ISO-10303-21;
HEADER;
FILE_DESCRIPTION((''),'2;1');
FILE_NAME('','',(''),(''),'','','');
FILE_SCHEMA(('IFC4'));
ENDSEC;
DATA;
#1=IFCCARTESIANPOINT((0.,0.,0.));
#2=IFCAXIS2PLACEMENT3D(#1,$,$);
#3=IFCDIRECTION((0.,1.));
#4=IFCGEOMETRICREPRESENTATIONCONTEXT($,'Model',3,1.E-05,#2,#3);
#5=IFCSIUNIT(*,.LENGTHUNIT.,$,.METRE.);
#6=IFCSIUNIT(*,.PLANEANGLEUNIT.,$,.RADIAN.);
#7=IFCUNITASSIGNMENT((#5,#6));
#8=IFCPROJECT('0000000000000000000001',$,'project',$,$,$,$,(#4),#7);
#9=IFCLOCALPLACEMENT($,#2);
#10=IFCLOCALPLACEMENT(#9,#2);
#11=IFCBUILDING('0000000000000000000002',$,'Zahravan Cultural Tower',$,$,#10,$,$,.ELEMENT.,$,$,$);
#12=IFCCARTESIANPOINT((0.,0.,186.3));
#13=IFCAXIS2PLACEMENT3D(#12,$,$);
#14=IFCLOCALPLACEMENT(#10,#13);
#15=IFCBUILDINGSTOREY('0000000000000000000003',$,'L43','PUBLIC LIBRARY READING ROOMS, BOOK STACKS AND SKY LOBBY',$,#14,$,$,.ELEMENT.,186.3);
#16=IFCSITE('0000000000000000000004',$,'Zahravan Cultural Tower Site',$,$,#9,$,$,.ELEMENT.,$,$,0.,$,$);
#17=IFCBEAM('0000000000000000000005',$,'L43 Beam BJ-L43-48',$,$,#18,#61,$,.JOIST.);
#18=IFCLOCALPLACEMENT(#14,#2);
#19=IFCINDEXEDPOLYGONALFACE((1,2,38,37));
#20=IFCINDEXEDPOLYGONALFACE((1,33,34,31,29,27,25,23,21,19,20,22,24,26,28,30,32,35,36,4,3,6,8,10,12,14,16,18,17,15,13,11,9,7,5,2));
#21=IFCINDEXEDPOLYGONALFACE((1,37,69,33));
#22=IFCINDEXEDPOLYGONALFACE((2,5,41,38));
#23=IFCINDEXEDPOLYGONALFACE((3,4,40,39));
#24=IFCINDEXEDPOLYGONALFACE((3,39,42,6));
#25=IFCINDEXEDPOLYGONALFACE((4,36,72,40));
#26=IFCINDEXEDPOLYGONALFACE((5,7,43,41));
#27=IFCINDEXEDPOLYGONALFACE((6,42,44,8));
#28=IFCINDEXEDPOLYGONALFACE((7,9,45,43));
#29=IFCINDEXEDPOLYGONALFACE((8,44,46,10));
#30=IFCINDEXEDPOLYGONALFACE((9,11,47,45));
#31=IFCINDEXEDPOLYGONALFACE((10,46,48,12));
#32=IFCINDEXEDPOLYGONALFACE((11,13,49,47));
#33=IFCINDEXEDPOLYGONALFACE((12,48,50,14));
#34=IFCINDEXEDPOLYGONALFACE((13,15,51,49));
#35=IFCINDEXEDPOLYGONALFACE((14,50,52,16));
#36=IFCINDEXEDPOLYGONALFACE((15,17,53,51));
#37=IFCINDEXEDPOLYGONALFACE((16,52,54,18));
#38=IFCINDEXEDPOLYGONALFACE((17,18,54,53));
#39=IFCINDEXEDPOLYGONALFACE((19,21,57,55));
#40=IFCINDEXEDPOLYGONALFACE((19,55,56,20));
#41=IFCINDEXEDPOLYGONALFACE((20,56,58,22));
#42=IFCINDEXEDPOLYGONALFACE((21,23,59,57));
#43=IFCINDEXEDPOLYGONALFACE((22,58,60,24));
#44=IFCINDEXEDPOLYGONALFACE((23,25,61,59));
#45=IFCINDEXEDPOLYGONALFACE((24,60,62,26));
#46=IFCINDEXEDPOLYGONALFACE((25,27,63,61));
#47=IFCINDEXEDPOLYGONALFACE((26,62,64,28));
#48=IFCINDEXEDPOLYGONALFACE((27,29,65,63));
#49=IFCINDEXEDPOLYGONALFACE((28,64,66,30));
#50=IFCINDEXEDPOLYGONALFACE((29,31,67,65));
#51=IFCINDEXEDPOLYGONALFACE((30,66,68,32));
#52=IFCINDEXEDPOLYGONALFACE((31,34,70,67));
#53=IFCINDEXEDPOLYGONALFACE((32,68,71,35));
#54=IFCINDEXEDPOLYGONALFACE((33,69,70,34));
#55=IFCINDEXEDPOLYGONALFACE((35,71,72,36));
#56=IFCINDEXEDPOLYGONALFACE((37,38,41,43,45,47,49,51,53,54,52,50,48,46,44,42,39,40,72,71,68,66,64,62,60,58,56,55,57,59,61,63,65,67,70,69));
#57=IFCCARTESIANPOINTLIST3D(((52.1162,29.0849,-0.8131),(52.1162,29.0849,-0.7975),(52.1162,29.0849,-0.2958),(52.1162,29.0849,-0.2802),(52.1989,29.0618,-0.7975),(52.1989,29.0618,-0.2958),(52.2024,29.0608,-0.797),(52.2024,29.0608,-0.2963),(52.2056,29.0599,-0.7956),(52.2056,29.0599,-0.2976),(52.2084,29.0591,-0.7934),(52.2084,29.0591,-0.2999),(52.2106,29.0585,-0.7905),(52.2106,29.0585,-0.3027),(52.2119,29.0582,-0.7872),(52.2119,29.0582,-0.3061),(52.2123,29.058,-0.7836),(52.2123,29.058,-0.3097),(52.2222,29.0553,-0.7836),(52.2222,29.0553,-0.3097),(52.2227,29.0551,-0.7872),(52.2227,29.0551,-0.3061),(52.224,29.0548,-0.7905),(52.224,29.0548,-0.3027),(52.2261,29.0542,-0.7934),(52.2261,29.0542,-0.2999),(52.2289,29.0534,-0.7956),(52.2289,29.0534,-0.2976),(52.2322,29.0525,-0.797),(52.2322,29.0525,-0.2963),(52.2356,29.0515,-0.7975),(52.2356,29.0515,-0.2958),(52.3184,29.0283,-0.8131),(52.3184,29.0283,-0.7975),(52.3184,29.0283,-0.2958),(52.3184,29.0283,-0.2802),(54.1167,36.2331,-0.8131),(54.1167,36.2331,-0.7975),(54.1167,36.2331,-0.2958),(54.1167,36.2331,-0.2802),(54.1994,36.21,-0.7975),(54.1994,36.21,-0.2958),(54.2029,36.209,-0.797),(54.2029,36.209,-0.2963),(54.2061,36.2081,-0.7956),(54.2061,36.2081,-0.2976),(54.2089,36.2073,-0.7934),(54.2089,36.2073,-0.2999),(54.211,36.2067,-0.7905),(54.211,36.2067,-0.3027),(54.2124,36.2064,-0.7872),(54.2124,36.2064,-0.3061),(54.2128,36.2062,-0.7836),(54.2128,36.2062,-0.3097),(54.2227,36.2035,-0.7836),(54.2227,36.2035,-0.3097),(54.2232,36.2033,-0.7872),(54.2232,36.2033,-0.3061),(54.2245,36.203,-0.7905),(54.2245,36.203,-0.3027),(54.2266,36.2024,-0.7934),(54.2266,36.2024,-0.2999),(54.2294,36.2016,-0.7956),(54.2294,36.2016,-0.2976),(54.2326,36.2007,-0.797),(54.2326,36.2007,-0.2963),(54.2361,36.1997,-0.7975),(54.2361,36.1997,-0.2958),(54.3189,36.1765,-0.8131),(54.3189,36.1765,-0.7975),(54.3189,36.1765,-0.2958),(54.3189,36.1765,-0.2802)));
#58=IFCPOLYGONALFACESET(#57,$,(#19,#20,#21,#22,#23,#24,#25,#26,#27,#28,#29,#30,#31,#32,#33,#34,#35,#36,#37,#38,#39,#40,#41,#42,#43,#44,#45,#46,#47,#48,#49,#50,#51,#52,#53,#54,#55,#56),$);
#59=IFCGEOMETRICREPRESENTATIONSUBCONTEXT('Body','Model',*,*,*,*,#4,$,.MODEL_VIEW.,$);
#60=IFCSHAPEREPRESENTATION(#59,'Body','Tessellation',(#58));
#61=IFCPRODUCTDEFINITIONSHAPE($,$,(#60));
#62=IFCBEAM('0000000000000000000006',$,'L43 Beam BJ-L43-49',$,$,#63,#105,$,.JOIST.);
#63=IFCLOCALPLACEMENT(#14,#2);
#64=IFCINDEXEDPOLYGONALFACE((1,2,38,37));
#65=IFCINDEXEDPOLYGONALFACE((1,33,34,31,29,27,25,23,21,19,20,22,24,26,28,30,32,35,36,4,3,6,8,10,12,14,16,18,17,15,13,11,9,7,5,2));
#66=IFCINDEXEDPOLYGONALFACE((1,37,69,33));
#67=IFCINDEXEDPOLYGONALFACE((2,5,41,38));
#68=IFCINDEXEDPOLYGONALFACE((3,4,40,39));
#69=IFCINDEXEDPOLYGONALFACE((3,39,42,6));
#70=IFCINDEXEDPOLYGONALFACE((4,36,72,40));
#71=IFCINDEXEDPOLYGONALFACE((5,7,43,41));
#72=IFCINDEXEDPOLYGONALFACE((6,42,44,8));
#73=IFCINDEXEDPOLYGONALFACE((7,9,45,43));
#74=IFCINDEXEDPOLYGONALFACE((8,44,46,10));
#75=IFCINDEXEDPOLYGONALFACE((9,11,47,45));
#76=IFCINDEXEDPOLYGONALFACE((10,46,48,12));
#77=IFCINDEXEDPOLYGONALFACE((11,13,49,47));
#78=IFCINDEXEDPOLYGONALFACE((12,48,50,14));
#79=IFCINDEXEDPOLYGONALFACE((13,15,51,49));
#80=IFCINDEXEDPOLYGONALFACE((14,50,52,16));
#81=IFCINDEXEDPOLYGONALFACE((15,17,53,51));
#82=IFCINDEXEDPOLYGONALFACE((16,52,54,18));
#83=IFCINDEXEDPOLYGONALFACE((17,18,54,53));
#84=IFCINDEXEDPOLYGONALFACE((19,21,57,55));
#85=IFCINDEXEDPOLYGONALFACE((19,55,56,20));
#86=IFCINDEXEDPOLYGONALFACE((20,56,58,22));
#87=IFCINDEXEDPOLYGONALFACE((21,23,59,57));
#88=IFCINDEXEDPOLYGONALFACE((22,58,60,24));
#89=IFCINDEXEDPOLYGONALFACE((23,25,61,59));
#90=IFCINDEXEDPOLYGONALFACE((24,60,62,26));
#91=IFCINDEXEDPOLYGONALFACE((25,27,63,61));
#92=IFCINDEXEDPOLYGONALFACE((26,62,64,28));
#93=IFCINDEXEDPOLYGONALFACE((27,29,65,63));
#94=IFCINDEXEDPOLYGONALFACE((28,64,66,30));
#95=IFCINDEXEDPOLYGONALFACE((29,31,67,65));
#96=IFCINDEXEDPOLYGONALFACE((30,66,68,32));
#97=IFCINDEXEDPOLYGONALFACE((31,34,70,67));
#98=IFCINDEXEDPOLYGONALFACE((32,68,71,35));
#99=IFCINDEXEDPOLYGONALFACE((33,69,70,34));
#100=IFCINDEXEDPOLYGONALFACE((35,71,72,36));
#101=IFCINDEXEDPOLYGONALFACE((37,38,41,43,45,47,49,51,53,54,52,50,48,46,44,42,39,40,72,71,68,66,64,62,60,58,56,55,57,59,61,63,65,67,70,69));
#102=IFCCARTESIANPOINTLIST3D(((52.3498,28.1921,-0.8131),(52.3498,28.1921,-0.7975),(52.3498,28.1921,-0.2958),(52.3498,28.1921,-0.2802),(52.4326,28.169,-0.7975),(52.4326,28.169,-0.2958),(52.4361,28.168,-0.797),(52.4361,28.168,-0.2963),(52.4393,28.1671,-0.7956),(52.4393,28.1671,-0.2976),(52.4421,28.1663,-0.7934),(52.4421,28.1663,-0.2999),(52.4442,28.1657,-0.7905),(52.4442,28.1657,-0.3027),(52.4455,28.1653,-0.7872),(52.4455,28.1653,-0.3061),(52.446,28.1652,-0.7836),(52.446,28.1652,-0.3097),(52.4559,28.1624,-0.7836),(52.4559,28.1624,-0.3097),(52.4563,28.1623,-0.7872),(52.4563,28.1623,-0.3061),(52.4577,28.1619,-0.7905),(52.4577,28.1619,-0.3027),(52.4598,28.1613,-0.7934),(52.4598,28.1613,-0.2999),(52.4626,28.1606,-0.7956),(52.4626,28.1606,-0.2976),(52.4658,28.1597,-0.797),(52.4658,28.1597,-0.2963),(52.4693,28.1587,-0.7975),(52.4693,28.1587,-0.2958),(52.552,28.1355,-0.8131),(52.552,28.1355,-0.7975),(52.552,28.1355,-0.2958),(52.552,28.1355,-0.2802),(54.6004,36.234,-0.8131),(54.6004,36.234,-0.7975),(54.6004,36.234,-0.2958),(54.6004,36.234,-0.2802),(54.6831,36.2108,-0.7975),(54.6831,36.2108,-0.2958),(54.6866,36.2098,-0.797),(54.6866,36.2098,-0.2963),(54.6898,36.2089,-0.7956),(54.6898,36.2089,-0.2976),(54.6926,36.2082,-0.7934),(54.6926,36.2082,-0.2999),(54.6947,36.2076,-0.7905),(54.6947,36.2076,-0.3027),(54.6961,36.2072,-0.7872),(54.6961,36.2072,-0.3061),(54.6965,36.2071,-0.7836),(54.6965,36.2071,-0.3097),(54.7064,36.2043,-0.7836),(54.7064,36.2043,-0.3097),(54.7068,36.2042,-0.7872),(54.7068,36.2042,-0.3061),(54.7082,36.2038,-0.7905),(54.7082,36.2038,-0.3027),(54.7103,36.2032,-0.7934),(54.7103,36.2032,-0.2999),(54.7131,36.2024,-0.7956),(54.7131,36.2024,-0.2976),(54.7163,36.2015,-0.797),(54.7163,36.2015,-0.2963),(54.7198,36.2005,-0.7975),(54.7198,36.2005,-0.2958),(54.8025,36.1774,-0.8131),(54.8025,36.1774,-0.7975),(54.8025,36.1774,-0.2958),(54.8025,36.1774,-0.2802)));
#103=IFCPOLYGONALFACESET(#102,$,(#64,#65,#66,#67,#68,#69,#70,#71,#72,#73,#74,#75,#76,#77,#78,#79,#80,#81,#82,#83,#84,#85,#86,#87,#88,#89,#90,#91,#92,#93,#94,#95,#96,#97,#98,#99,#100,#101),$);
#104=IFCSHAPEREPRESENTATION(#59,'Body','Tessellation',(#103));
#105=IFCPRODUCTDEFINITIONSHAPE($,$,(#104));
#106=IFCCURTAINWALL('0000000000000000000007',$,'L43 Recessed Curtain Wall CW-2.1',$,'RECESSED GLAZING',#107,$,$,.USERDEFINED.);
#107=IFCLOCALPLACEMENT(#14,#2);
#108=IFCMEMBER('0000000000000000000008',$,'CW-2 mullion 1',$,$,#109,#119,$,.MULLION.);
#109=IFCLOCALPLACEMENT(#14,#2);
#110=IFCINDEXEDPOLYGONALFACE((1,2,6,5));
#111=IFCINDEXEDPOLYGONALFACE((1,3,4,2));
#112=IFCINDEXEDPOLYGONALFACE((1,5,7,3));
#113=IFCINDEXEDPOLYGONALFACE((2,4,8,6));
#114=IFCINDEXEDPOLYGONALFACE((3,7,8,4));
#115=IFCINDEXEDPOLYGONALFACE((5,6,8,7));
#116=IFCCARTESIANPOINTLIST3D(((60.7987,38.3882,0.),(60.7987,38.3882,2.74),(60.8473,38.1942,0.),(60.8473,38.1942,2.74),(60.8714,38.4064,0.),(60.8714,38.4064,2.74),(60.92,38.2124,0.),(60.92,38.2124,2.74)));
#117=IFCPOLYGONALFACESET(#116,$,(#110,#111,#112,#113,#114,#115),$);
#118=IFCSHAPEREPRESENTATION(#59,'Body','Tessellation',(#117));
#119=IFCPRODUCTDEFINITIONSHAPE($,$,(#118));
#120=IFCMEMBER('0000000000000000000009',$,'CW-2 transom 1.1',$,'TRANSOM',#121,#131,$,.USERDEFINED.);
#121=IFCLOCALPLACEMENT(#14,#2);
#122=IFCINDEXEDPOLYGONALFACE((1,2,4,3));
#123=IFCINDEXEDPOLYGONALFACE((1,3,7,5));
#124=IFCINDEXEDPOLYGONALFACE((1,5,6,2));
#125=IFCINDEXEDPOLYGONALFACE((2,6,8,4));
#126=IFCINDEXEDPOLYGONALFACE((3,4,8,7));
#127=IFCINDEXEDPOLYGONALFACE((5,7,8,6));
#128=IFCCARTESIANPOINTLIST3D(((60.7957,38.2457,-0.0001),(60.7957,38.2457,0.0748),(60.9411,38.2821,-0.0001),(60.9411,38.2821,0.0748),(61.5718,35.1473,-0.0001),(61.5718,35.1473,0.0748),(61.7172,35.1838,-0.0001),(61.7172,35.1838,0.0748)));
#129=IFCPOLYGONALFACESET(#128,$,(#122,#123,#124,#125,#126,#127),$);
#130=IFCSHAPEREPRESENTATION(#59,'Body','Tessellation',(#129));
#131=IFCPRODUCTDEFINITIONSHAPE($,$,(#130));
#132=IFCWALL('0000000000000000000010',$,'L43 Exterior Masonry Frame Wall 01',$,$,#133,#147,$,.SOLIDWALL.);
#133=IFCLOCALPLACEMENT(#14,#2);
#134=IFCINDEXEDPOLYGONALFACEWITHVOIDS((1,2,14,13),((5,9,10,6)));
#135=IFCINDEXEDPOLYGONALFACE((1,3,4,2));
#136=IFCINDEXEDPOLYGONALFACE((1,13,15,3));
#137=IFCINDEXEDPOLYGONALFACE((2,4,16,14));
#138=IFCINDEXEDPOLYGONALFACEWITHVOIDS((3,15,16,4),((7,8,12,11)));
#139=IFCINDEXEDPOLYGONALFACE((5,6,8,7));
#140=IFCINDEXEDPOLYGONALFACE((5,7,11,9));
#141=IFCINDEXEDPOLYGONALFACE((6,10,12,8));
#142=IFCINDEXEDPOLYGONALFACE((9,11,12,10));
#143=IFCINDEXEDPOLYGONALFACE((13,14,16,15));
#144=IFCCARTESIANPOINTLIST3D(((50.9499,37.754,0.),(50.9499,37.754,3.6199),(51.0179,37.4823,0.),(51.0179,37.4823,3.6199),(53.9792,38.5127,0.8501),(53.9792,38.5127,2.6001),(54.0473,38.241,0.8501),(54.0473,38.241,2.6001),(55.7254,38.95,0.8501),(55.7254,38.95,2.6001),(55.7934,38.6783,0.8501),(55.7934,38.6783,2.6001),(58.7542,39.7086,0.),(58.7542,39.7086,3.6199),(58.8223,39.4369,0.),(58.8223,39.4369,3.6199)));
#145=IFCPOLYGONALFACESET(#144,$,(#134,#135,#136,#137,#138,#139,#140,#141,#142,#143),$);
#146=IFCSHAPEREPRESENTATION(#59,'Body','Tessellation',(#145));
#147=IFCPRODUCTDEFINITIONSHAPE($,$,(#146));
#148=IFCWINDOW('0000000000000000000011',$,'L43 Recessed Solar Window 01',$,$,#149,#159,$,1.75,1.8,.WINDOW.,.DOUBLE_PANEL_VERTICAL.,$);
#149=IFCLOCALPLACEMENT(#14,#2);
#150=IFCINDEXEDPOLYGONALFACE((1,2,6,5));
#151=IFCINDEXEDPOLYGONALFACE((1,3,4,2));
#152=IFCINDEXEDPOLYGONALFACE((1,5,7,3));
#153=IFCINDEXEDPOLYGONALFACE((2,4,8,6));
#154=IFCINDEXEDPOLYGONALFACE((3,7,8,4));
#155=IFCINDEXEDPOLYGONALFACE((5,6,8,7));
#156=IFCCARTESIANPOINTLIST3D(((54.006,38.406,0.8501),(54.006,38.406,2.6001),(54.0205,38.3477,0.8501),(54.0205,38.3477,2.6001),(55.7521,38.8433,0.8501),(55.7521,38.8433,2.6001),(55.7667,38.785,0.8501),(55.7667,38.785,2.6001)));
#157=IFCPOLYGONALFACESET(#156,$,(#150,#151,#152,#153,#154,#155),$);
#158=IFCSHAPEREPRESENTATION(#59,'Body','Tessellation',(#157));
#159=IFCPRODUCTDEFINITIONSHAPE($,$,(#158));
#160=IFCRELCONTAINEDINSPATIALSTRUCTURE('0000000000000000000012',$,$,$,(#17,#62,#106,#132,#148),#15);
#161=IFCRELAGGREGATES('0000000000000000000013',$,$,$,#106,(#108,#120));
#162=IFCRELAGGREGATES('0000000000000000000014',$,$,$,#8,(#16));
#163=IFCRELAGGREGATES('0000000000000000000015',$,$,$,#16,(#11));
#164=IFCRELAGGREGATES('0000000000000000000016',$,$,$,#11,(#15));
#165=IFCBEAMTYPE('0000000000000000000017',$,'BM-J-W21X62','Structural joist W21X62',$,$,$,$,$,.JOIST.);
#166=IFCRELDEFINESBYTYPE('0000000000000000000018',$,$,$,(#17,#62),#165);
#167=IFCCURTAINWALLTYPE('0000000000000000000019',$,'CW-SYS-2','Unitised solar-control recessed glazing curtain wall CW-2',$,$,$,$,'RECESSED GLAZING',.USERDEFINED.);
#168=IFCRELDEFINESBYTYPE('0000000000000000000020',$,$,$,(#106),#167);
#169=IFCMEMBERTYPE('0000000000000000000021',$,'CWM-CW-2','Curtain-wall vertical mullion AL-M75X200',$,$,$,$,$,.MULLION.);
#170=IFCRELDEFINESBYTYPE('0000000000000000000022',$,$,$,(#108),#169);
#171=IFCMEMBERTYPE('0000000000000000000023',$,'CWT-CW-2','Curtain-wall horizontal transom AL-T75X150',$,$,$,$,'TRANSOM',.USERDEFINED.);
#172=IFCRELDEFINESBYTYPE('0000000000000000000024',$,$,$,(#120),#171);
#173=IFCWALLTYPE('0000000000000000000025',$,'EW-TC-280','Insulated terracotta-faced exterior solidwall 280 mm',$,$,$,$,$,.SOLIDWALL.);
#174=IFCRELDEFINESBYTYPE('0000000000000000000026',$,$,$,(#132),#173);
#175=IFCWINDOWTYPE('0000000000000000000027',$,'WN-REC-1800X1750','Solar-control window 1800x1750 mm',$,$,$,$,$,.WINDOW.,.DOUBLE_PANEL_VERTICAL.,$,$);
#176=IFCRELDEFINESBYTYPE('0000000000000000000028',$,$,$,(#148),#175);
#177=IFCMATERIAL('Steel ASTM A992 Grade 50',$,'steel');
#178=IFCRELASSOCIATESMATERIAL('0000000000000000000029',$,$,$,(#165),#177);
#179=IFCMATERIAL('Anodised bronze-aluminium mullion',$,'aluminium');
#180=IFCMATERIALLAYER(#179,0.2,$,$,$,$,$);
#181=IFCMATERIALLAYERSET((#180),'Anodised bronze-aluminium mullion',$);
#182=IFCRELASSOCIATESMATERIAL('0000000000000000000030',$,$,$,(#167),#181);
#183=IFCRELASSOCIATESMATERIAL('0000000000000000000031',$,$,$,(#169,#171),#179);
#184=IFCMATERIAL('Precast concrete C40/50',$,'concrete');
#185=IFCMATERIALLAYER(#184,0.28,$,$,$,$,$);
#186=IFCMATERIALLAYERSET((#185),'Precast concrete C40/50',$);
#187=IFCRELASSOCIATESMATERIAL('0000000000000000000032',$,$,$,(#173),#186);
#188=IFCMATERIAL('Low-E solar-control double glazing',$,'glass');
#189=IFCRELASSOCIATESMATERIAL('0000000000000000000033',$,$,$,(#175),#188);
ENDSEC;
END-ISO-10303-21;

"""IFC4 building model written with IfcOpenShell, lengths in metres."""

from ifc_helpers import new_model, si_unit, direction, frame, frame_2d, origin, origin_2d, place, context, subcontext, project, spatial, rectangle, i_section, extrude, source, transform, mapped, material, layer, layer_set, material_profile, profile_set, type_object, element, fill, aggregate, save


model = new_model("IFC4")

# Units and contexts
model_context = context("Model", 3, precision=1e-05, world=origin(), true_north=direction((0.0, 1.0)))
body_context = subcontext(model_context, "Body", "Model", "MODEL_VIEW")
ifc_project = project(units=[si_unit("LENGTHUNIT", "METRE"), si_unit("PLANEANGLEUNIT", "RADIAN")], contexts=[model_context])

# Site, building, storey
site_placement = place(None, origin())
site = spatial("IfcSite", under=ifc_project, at=site_placement, Name="Zahravan Cultural Tower Site", CompositionType="ELEMENT", RefElevation=0.0)
building_placement = place(site_placement, origin())
building = spatial("IfcBuilding", under=site, at=building_placement, Name="Zahravan Cultural Tower", CompositionType="ELEMENT")
storey_placement = place(building_placement, frame((0.0, 0.0, 186.3)))
storey = spatial("IfcBuildingStorey", under=building, at=storey_placement, Name="L43", Description="PUBLIC LIBRARY READING ROOMS, BOOK STACKS AND SKY LOBBY", CompositionType="ELEMENT", Elevation=186.3)

# Shared definitions
ifc_material_1 = material(Name="Steel ASTM A992 Grade 50", Category="steel")

# Beams
ifc_material_profile_1 = material_profile(ifc_material_1, i_section(OverallWidth=0.21, OverallDepth=0.533, WebThickness=0.0103, FlangeThickness=0.0156, FilletRadius=0.0139, at=origin_2d()), Name="W21X62")
ifc_profile_set_1 = profile_set([ifc_material_profile_1], Name="Steel ASTM A992 Grade 50")
beam_type_1 = type_object("IfcBeamType", Name="BM-J-W21X62", Description="Structural joist W21X62", PredefinedType="JOIST", material=ifc_profile_set_1)
shared_shape_1 = source(origin(), body_context, "Body", "SweptSolid", [
    extrude(i_section(OverallWidth=0.21, OverallDepth=0.533, WebThickness=0.0103, FlangeThickness=0.0156, FilletRadius=0.0139, at=origin_2d()), origin(), (0.0, 0.0, 1.0), 7.4229),
])
beam_1_placement = place(storey_placement, frame((52.2173, 29.0566, -0.5466), z_axis=(0.269504, 0.962999, 0.0), x_axis=(-0.962999, 0.269504, 0.0)))
element("IfcBeam", 1, at=beam_1_placement, inside=storey, type_object=beam_type_1, Name="L43 Beam BJ-L43-48", PredefinedType="JOIST", context=body_context, shape_type="MappedRepresentation", body=[
    mapped(shared_shape_1, transform((0.0, 0.0, 0.0), x_axis=(1.0, 0.0, 0.0), y_axis=(0.0, 1.0, 0.0), z_axis=(0.0, 0.0, 1.0), scale=1.0)),
])
shared_shape_2 = source(origin(), body_context, "Body", "SweptSolid", [
    extrude(i_section(OverallWidth=0.21, OverallDepth=0.533, WebThickness=0.0103, FlangeThickness=0.0156, FilletRadius=0.0139, at=origin_2d()), origin(), (0.0, 0.0, 1.0), 8.3508),
])
beam_2_placement = place(storey_placement, frame((52.4509, 28.1638, -0.5466), z_axis=(0.269497, 0.963001, 0.0), x_axis=(-0.963001, 0.269497, 0.0)))
element("IfcBeam", 2, at=beam_2_placement, inside=storey, type_object=beam_type_1, Name="L43 Beam BJ-L43-49", PredefinedType="JOIST", context=body_context, shape_type="MappedRepresentation", body=[
    mapped(shared_shape_2, transform((0.0, 0.0, 0.0), x_axis=(1.0, 0.0, 0.0), y_axis=(0.0, 1.0, 0.0), z_axis=(0.0, 0.0, 1.0), scale=1.0)),
])

# Curtain wall, members
ifc_material_2 = material(Name="Anodised bronze-aluminium mullion", Category="aluminium")
ifc_layer_1 = layer(ifc_material_2, 0.2)
ifc_layer_set_1 = layer_set([ifc_layer_1], Name="Anodised bronze-aluminium mullion")
curtain_wall_type = type_object("IfcCurtainWallType", Name="CW-SYS-2", Description="Unitised solar-control recessed glazing curtain wall CW-2", ElementType="RECESSED GLAZING", PredefinedType="USERDEFINED", material=ifc_layer_set_1)
curtain_wall_placement = place(storey_placement, origin())
curtain_wall = element("IfcCurtainWall", 3, at=curtain_wall_placement, inside=storey, type_object=curtain_wall_type, Name="L43 Recessed Curtain Wall CW-2.1", ObjectType="RECESSED GLAZING", PredefinedType="USERDEFINED")
ifc_material_profile_2 = material_profile(ifc_material_2, rectangle(XDim=0.075, YDim=0.2, at=origin_2d()), Name="AL-M75X200")
ifc_profile_set_2 = profile_set([ifc_material_profile_2], Name="Anodised bronze-aluminium mullion")
member_type_1 = type_object("IfcMemberType", Name="CWM-CW-2", Description="Curtain-wall vertical mullion AL-M75X200", PredefinedType="MULLION", material=ifc_profile_set_2)
shared_shape_3 = source(origin(), body_context, "Body", "SweptSolid", [
    extrude(rectangle(XDim=0.075, YDim=0.2, at=origin_2d()), origin(), (0.0, 0.0, 1.0), 2.74),
])
member_1_placement = place(storey_placement, frame((60.8594, 38.3003, 0.0), z_axis=(0.0, 0.0, 1.0), x_axis=(0.97004, 0.242944, 0.0)))
member_1 = element("IfcMember", 4, at=member_1_placement, type_object=member_type_1, Name="CW-2 mullion 1", PredefinedType="MULLION", context=body_context, shape_type="MappedRepresentation", body=[
    mapped(shared_shape_3, transform((0.0, 0.0, 0.0), x_axis=(1.0, 0.0, 0.0), y_axis=(0.0, 1.0, 0.0), z_axis=(0.0, 0.0, 1.0), scale=1.0)),
])
ifc_material_profile_3 = material_profile(ifc_material_2, rectangle(XDim=0.1499, YDim=0.075, at=origin_2d()), Name="AL-T75X150")
ifc_profile_set_3 = profile_set([ifc_material_profile_3], Name="Anodised bronze-aluminium mullion")
member_type_2 = type_object("IfcMemberType", Name="CWT-CW-2", Description="Curtain-wall horizontal transom AL-T75X150", ElementType="TRANSOM", PredefinedType="USERDEFINED", material=ifc_profile_set_3)
shared_shape_4 = source(origin(), body_context, "Body", "SweptSolid", [
    extrude(rectangle(XDim=0.1499, YDim=0.075, at=origin_2d()), origin(), (0.0, 0.0, 1.0), 3.1941),
])
member_2_placement = place(storey_placement, frame((60.8684, 38.2639, 0.0374), z_axis=(0.242985, -0.97003, 0.0), x_axis=(0.97003, 0.242985, 0.0)))
member_2 = element("IfcMember", 5, at=member_2_placement, type_object=member_type_2, Name="CW-2 transom 1.1", ObjectType="TRANSOM", PredefinedType="USERDEFINED", context=body_context, shape_type="MappedRepresentation", body=[
    mapped(shared_shape_4, transform((0.0, 0.0, 0.0), x_axis=(1.0, 0.0, 0.0), y_axis=(0.0, 1.0, 0.0), z_axis=(0.0, 0.0, 1.0), scale=1.0)),
])
aggregate(curtain_wall, [member_1, member_2])

# Wall, opening, window
ifc_material_3 = material(Name="Precast concrete C40/50", Category="concrete")
ifc_layer_2 = layer(ifc_material_3, 0.28)
ifc_layer_set_2 = layer_set([ifc_layer_2], Name="Precast concrete C40/50")
wall_type_1 = type_object("IfcWallType", Name="EW-TC-280", Description="Insulated terracotta-faced exterior solidwall 280 mm", PredefinedType="SOLIDWALL", material=ifc_layer_set_2)
wall_1_placement = place(storey_placement, frame((50.9839, 37.6182, 0.0), z_axis=(0.0, 0.0, 1.0), x_axis=(0.970041, 0.242943, 0.0)))
wall_1 = element("IfcWall", 6, at=wall_1_placement, inside=storey, type_object=wall_type_1, Name="L43 Exterior Masonry Frame Wall 01", PredefinedType="SOLIDWALL", context=body_context, shape_type="SweptSolid", body=[
    extrude(rectangle(XDim=8.0454, YDim=0.28, at=frame_2d((4.0227, 0.0))), origin(), (0.0, 0.0, 1.0), 3.6199),
])
opening_1_placement = place(wall_1_placement, frame((3.123, 0.0, 0.8501)))
opening_1 = element("IfcOpeningElement", 7, at=opening_1_placement, cuts=wall_1, PredefinedType="OPENING", context=body_context, shape_type="SweptSolid", body=[
    extrude(rectangle(XDim=1.8, YDim=1.75, at=frame_2d((0.8999, 0.875))), frame((0.0, 0.1499, 0.0), z_axis=(0.0, -1.0, 0.0), x_axis=(1.0, 0.0, 0.0)), (0.0, 0.0, 1.0), 0.3),
])
ifc_material_4 = material(Name="Low-E solar-control double glazing", Category="glass")
window_type = type_object("IfcWindowType", Name="WN-REC-1800X1750", Description="Solar-control window 1800x1750 mm", PartitioningType="DOUBLE_PANEL_VERTICAL", PredefinedType="WINDOW", material=ifc_material_4)
shared_shape_5 = source(origin(), body_context, "Body", "SweptSolid", [
    extrude(rectangle(XDim=1.8, YDim=1.75, at=frame_2d((0.8999, 0.875))), frame((0.0, 0.03, 0.0), z_axis=(0.0, -1.0, 0.0), x_axis=(1.0, 0.0, 0.0)), (0.0, 0.0, 1.0), 0.0601),
])
window_placement = place(opening_1_placement, origin())
window = element("IfcWindow", 8, at=window_placement, inside=storey, type_object=window_type, Name="L43 Recessed Solar Window 01", OverallHeight=1.75, OverallWidth=1.8, PartitioningType="DOUBLE_PANEL_VERTICAL", PredefinedType="WINDOW", context=body_context, shape_type="MappedRepresentation", body=[
    mapped(shared_shape_5, transform((0.0, 0.0, 0.0), x_axis=(1.0, 0.0, 0.0), y_axis=(0.0, 1.0, 0.0), z_axis=(0.0, 0.0, 1.0), scale=1.0)),
])
fill(opening_1, window)

save(model, "model.ifc")
